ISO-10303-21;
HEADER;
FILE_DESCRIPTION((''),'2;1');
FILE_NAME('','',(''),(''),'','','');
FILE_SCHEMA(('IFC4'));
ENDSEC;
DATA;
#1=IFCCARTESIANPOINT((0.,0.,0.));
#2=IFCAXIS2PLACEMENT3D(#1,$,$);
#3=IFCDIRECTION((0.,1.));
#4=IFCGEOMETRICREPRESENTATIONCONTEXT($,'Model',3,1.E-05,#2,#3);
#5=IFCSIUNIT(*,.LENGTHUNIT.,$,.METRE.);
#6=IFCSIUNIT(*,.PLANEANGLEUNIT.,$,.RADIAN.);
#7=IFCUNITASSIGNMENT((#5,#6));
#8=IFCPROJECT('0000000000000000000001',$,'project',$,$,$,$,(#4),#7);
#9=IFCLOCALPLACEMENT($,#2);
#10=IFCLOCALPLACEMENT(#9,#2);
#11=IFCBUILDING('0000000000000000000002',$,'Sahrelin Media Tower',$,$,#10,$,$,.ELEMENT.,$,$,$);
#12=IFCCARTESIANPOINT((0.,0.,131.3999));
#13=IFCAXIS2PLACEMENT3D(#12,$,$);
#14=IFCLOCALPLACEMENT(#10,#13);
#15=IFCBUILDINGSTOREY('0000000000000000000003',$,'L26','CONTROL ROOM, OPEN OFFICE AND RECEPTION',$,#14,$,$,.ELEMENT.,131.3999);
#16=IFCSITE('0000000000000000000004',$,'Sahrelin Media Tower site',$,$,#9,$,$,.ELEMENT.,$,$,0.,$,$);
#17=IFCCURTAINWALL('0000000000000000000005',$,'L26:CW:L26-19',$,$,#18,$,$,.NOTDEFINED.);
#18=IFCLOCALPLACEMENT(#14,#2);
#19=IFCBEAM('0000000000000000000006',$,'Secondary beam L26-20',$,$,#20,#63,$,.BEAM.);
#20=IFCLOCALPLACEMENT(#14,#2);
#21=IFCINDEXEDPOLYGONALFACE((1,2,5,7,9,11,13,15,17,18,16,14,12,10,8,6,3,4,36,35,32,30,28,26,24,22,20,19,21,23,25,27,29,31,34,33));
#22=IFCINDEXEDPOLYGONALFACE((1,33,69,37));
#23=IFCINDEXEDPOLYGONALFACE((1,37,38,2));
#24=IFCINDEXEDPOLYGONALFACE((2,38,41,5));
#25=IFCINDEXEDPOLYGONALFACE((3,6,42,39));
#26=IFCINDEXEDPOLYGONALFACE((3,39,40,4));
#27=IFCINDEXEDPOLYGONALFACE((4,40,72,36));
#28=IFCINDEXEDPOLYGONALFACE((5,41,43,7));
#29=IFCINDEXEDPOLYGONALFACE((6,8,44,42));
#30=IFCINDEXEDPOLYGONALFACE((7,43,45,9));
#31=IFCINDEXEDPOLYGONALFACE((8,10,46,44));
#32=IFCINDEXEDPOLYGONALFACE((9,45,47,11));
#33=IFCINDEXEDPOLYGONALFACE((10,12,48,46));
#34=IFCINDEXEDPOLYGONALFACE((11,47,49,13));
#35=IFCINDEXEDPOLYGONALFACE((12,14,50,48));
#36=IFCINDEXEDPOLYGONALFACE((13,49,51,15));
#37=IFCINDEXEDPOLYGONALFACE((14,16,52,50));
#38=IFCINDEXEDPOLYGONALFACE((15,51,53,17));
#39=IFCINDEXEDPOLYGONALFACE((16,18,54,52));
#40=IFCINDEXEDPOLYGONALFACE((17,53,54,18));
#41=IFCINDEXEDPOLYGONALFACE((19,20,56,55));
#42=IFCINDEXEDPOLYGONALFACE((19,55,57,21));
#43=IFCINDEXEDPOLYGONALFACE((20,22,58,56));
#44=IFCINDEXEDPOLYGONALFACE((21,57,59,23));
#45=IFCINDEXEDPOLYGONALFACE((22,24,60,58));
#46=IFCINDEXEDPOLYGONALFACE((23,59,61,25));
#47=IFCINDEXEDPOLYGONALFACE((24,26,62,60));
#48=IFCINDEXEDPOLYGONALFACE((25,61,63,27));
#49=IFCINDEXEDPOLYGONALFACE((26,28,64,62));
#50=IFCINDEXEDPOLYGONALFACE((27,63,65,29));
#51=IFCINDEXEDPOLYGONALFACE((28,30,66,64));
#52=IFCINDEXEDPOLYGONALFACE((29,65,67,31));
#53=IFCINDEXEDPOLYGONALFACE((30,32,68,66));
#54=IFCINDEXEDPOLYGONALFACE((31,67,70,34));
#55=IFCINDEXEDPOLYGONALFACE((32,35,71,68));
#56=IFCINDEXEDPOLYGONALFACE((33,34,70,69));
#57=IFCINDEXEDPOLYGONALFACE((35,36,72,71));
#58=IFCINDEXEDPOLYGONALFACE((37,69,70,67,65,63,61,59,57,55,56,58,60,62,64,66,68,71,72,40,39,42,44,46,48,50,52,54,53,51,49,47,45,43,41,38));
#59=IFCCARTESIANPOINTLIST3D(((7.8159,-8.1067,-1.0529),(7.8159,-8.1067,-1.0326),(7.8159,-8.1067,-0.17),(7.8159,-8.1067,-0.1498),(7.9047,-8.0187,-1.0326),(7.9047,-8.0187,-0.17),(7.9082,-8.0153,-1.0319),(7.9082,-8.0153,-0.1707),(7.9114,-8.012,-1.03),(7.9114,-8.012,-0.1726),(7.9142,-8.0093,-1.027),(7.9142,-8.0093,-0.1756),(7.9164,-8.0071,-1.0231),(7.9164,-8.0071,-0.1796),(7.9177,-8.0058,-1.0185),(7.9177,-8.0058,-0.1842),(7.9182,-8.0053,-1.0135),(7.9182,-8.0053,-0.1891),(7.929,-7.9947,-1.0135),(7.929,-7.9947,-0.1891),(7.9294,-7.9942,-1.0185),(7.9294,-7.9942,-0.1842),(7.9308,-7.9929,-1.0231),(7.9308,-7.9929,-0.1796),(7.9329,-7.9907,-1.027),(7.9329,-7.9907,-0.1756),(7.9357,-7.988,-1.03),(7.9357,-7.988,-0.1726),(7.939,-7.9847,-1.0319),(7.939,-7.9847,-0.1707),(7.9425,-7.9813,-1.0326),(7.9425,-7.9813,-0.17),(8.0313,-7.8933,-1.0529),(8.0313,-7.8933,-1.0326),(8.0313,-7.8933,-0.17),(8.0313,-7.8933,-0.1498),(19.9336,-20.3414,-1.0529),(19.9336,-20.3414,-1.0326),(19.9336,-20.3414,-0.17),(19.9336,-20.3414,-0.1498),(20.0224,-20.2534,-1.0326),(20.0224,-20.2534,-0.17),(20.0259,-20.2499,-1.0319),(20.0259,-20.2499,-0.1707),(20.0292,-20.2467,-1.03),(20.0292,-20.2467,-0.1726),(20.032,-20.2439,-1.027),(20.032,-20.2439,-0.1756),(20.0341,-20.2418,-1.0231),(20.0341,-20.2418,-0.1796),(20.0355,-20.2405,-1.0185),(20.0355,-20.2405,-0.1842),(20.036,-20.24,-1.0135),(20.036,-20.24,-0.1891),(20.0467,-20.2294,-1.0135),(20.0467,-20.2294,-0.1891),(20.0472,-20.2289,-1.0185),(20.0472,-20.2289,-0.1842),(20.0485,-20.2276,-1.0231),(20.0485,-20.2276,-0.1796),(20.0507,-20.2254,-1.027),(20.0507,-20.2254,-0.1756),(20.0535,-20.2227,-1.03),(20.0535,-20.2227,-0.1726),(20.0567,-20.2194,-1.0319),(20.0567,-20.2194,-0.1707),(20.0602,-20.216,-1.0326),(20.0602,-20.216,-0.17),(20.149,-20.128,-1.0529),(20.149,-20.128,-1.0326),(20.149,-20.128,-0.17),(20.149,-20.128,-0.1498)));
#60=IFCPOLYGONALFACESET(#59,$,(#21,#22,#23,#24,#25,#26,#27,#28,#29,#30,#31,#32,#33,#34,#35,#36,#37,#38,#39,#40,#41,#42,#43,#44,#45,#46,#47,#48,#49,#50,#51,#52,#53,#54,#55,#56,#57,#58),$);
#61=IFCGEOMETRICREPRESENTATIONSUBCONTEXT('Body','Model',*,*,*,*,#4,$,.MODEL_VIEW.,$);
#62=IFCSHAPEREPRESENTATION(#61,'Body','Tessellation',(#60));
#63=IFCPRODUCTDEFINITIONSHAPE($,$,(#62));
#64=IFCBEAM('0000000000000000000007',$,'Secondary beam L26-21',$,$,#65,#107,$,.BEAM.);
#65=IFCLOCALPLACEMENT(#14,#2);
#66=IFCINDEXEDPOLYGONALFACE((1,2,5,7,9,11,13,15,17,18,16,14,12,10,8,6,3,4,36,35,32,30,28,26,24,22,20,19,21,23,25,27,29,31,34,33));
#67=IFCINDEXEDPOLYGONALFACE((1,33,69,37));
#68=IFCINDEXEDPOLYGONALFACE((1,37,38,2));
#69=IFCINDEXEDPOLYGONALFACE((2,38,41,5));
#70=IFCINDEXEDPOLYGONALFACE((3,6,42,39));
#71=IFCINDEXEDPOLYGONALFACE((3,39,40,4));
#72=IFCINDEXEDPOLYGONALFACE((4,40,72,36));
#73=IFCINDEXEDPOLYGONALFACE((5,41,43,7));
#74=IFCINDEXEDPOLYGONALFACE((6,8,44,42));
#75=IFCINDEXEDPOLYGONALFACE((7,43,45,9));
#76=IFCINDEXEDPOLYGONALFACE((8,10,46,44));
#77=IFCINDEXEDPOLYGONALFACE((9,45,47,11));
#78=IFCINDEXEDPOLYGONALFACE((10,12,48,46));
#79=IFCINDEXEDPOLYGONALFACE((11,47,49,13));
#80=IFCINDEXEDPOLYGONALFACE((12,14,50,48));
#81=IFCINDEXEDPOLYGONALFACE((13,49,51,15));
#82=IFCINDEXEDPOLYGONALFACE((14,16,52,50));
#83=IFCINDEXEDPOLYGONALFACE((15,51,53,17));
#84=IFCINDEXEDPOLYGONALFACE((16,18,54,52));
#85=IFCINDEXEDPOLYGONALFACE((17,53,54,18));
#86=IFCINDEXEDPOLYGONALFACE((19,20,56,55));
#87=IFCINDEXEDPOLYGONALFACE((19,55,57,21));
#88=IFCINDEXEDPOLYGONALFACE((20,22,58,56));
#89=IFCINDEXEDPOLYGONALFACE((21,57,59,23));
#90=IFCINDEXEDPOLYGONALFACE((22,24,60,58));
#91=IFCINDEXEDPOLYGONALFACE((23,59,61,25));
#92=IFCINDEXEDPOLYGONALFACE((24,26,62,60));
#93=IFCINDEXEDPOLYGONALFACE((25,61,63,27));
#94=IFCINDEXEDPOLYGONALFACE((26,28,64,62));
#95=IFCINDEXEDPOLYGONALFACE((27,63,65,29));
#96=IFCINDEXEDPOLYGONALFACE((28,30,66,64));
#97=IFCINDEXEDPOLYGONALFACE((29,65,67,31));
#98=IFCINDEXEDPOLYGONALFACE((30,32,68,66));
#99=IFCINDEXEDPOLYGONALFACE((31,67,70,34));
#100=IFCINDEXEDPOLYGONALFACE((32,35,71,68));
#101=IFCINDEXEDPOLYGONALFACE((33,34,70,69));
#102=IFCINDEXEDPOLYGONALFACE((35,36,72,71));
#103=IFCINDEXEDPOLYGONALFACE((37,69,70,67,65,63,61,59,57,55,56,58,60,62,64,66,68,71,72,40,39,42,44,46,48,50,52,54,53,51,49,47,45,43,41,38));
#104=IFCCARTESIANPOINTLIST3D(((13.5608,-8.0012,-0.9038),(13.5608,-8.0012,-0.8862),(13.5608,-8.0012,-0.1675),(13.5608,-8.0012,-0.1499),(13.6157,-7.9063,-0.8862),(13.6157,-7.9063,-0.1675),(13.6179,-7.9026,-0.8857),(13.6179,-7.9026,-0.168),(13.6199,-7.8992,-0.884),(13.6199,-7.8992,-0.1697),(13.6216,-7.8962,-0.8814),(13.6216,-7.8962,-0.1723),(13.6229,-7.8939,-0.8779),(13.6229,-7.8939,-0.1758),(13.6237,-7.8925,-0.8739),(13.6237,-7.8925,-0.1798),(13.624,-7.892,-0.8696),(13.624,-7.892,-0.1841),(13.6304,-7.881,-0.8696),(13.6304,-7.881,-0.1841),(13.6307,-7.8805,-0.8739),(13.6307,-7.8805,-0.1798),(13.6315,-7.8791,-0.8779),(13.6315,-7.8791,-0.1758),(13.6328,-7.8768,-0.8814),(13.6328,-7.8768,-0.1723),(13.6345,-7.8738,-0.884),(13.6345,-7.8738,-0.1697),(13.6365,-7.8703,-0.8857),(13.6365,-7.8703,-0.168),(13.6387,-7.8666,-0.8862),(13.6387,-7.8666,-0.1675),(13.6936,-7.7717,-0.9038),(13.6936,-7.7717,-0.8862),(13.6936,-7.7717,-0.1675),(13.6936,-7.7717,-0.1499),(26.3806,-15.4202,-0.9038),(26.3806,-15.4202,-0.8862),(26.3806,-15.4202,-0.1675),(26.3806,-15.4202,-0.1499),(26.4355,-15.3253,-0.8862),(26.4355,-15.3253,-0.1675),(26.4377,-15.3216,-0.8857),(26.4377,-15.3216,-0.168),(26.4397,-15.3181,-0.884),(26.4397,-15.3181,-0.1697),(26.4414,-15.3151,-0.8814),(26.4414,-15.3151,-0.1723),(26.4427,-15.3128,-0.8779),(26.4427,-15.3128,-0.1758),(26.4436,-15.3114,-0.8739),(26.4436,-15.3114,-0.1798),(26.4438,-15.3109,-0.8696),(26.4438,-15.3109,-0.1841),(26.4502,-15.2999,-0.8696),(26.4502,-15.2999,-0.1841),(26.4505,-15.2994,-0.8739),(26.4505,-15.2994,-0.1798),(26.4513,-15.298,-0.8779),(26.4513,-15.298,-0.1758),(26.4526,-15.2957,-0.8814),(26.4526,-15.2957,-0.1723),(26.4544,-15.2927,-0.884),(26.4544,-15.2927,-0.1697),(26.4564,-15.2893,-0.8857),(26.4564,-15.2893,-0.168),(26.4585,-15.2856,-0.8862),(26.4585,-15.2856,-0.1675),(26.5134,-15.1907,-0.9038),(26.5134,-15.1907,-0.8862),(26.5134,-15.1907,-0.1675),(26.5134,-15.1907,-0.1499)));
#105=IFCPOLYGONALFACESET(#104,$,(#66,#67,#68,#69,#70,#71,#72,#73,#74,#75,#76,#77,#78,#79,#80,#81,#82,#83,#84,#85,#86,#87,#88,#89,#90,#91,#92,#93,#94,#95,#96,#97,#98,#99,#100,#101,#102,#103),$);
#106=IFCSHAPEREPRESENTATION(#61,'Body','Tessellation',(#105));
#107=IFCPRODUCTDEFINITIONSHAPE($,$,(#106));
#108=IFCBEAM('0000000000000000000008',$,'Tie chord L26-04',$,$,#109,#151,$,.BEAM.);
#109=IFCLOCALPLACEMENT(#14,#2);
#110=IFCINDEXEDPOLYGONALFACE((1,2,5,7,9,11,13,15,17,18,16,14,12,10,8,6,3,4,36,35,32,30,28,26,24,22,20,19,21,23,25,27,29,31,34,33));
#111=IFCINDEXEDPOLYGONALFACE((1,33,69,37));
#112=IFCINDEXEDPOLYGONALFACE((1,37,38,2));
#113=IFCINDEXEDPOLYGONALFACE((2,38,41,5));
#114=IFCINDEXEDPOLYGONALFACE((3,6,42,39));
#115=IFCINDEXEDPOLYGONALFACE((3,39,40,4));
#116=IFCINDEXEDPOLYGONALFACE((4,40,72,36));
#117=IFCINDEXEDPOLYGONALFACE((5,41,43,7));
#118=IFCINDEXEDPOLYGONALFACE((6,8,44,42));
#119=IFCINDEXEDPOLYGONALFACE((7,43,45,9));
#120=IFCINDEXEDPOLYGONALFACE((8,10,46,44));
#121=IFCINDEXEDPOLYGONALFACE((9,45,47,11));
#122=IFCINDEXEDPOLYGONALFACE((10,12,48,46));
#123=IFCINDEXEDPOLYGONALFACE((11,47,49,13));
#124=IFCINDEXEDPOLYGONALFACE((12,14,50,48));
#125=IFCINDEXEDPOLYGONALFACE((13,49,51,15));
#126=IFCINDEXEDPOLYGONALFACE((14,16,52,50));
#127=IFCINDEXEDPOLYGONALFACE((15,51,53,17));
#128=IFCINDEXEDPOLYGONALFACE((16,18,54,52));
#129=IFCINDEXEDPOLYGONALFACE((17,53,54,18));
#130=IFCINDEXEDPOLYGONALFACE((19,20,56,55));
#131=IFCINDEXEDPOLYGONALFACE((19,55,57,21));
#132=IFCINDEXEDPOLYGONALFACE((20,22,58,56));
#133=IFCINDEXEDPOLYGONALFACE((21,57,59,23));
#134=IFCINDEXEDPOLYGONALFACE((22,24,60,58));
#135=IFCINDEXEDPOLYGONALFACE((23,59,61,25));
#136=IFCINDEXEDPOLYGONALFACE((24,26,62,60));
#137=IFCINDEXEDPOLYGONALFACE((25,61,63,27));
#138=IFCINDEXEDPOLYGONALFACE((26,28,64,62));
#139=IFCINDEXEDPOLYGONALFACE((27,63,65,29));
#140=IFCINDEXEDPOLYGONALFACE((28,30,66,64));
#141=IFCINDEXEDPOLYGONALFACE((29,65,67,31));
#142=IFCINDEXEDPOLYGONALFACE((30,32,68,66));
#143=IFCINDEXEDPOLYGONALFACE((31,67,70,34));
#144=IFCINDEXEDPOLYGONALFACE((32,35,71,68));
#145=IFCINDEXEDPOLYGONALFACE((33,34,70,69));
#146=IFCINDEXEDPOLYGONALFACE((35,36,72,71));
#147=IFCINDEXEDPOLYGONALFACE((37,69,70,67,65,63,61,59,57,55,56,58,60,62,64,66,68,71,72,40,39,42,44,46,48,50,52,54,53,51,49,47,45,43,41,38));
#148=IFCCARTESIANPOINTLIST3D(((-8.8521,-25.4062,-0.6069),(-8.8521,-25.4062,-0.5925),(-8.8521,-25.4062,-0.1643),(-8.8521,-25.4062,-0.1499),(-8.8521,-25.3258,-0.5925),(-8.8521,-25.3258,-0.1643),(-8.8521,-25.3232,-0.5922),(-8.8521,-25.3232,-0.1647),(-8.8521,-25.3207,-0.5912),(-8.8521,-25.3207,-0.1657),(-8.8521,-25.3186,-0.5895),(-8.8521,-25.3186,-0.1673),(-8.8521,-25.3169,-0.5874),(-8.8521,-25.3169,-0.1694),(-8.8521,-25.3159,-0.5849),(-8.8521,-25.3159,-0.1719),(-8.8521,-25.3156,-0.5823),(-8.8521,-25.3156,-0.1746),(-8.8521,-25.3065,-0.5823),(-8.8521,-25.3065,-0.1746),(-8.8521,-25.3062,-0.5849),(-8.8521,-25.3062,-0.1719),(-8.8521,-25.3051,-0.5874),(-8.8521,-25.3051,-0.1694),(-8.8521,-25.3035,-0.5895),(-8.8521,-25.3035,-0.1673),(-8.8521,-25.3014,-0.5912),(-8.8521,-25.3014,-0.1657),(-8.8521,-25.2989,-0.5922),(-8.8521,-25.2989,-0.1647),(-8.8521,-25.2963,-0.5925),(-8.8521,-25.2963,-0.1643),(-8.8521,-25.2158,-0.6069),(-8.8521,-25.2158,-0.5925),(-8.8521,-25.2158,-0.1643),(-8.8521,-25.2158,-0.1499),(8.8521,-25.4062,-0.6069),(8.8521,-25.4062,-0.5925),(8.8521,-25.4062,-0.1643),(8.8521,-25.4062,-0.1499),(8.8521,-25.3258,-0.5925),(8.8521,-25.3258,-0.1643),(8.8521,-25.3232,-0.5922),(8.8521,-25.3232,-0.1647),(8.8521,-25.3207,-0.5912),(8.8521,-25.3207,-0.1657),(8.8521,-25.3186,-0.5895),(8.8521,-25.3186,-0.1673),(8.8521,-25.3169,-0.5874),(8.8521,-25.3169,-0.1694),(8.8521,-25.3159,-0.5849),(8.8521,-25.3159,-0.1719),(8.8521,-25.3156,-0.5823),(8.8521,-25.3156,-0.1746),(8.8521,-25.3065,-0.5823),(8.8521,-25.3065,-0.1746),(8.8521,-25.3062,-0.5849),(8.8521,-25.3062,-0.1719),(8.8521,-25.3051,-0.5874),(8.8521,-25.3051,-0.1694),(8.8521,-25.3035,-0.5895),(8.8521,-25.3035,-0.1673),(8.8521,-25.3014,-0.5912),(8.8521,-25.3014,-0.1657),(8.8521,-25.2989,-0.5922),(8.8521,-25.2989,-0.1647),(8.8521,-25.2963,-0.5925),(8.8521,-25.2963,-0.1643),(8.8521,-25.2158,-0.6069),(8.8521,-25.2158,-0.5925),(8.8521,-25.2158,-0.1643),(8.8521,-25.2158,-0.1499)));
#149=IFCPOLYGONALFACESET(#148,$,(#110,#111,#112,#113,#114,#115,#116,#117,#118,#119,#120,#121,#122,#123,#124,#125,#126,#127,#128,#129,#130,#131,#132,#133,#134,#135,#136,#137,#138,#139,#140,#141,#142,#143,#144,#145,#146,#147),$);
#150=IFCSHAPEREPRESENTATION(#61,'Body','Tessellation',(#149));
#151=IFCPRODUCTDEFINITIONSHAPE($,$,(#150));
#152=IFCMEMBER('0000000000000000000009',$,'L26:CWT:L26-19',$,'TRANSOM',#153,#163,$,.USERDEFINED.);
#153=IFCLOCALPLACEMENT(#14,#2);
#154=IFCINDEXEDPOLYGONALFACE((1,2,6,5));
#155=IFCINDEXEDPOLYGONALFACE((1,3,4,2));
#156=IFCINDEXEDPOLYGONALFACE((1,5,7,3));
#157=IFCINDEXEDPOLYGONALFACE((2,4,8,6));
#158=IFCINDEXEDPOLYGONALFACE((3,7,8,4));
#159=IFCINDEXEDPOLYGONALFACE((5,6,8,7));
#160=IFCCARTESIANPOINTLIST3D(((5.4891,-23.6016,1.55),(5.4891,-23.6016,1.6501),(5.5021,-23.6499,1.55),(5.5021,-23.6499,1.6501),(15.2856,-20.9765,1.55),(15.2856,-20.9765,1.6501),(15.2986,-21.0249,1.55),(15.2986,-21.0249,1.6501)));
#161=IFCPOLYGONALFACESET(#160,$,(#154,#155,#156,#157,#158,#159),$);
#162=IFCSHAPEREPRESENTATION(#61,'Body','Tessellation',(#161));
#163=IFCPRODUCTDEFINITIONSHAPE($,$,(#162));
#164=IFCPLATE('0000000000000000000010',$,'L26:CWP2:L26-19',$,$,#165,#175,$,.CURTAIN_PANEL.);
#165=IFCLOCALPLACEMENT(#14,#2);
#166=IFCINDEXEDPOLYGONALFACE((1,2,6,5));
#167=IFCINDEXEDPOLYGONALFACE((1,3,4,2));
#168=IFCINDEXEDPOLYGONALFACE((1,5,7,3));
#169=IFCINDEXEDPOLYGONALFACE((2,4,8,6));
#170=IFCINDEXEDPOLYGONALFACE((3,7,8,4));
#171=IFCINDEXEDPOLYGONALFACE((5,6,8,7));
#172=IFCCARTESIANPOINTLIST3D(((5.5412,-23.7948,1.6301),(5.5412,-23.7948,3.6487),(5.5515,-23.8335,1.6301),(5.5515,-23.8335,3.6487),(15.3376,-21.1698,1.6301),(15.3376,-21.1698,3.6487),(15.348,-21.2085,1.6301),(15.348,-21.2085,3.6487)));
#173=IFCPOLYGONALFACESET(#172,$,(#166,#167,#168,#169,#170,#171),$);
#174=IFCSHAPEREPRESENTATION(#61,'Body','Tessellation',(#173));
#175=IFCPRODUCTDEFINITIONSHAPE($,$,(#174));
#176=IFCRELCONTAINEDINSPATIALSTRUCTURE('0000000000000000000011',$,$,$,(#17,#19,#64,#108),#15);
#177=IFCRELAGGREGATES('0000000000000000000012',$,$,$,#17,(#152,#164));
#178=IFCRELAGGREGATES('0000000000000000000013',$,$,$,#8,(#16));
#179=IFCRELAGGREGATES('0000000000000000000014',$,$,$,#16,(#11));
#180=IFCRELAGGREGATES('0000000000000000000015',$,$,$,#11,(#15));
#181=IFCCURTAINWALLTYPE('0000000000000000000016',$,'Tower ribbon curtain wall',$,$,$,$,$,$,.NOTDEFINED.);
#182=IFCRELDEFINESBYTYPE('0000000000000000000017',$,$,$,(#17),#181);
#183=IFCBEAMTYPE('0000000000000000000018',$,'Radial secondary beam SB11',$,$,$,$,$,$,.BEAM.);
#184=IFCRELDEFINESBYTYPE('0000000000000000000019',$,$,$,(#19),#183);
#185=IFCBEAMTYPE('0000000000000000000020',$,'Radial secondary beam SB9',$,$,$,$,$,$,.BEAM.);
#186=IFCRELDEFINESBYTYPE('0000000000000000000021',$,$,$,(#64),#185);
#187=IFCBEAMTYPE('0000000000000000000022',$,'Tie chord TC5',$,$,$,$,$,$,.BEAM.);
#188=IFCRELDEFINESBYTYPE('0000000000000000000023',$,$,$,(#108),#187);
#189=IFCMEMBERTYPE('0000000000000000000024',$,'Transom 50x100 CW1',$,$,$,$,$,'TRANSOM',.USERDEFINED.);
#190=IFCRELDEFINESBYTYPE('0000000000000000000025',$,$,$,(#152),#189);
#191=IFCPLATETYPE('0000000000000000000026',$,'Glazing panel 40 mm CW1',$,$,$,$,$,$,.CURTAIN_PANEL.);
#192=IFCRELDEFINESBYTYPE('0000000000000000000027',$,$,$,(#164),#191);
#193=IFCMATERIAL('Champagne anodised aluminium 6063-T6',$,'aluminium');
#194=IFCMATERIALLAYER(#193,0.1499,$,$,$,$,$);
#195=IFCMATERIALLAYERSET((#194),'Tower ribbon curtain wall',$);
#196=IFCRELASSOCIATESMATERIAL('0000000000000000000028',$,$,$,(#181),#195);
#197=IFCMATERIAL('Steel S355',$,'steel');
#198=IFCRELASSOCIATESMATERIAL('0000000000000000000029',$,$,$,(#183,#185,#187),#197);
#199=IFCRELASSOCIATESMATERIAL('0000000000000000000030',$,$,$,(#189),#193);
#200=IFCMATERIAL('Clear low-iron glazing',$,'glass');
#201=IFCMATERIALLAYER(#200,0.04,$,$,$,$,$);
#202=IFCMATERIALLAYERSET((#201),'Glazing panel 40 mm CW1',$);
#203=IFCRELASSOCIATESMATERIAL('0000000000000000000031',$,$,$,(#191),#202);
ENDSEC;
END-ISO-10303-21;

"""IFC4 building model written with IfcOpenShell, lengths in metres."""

from ifc_helpers import new_model, si_unit, direction, frame, origin, origin_2d, place, context, subcontext, project, spatial, polyline, rectangle, i_section, outline, extrude, material, layer, layer_set, material_profile, profile_set, type_object, element, aggregate, save


model = new_model("IFC4")

# Units and contexts
model_context = context("Model", 3, precision=1e-05, world=origin(), true_north=direction((0.0, 1.0)))
body_context = subcontext(model_context, "Body", "Model", "MODEL_VIEW")
ifc_project = project(units=[si_unit("LENGTHUNIT", "METRE"), si_unit("PLANEANGLEUNIT", "RADIAN")], contexts=[model_context])

# Site, building, storey
site_placement = place(None, origin())
site = spatial("IfcSite", under=ifc_project, at=site_placement, Name="Sahrelin Media Tower site", CompositionType="ELEMENT", RefElevation=0.0)
building_placement = place(site_placement, origin())
building = spatial("IfcBuilding", under=site, at=building_placement, Name="Sahrelin Media Tower", CompositionType="ELEMENT")
storey_placement = place(building_placement, frame((0.0, 0.0, 131.3999)))
storey = spatial("IfcBuildingStorey", under=building, at=storey_placement, Name="L26", Description="CONTROL ROOM, OPEN OFFICE AND RECEPTION", CompositionType="ELEMENT", Elevation=131.3999)

# Shared definitions
ifc_material_1 = material(Name="Steel S355", Category="steel")

# Curtain wall
ifc_material_2 = material(Name="Champagne anodised aluminium 6063-T6", Category="aluminium")
ifc_layer_1 = layer(ifc_material_2, 0.1499)
ifc_layer_set_1 = layer_set([ifc_layer_1], Name="Tower ribbon curtain wall")
curtain_wall_type = type_object("IfcCurtainWallType", Name="Tower ribbon curtain wall", PredefinedType="NOTDEFINED", material=ifc_layer_set_1)
curtain_wall_placement = place(storey_placement, frame((10.4443, -22.5017, 0.0), z_axis=(0.0, 0.0, 1.0), x_axis=(1.0, 0.0, 0.0)))
curtain_wall = element("IfcCurtainWall", 1, at=curtain_wall_placement, inside=storey, type_object=curtain_wall_type, Name="L26:CW:L26-19", PredefinedType="NOTDEFINED")

# Beams
ifc_material_profile_1 = material_profile(ifc_material_1, i_section(OverallWidth=0.3032, OverallDepth=0.9031, WebThickness=0.0151, FlangeThickness=0.0203, FilletRadius=0.019, at=origin_2d()), Name="UB 914x305x201")
ifc_profile_set_1 = profile_set([ifc_material_profile_1], Name="Steel S355")
beam_type_1 = type_object("IfcBeamType", Name="Radial secondary beam SB11", PredefinedType="BEAM", material=ifc_profile_set_1)
beam_1_placement = place(storey_placement, frame((7.9236, -8.0, -0.6013), z_axis=(0.703703, -0.710494, 0.0), x_axis=(0.710494, 0.703703, 0.0)))
element("IfcBeam", 2, at=beam_1_placement, inside=storey, type_object=beam_type_1, Name="Secondary beam L26-20", PredefinedType="BEAM", context=body_context, shape_type="SweptSolid", body=[
    extrude(i_section(OverallWidth=0.3032, OverallDepth=0.9031, WebThickness=0.0151, FlangeThickness=0.0203, FilletRadius=0.019, at=origin_2d()), origin(), (0.0, 0.0, 1.0), 17.22),
])
ifc_material_profile_2 = material_profile(ifc_material_1, i_section(OverallWidth=0.2651, OverallDepth=0.7539, WebThickness=0.0127, FlangeThickness=0.0176, FilletRadius=0.0166, at=origin_2d()), Name="UB 762x267x147")
ifc_profile_set_2 = profile_set([ifc_material_profile_2], Name="Steel S355")
beam_type_2 = type_object("IfcBeamType", Name="Radial secondary beam SB9", PredefinedType="BEAM", material=ifc_profile_set_2)
beam_2_placement = place(storey_placement, frame((13.6272, -7.8865, -0.5269), z_axis=(0.865516, -0.500882, 0.0), x_axis=(0.500882, 0.865516, 0.0)))
element("IfcBeam", 3, at=beam_2_placement, inside=storey, type_object=beam_type_2, Name="Secondary beam L26-21", PredefinedType="BEAM", context=body_context, shape_type="SweptSolid", body=[
    extrude(i_section(OverallWidth=0.2651, OverallDepth=0.7539, WebThickness=0.0127, FlangeThickness=0.0176, FilletRadius=0.0166, at=origin_2d()), origin(), (0.0, 0.0, 1.0), 14.8118),
])
ifc_material_profile_3 = material_profile(ifc_material_1, i_section(OverallWidth=0.1904, OverallDepth=0.457, WebThickness=0.009, FlangeThickness=0.0144, FilletRadius=0.0103, at=origin_2d()), Name="UB 457x191x74")
ifc_profile_set_3 = profile_set([ifc_material_profile_3], Name="Steel S355")
beam_type_3 = type_object("IfcBeamType", Name="Tie chord TC5", PredefinedType="BEAM", material=ifc_profile_set_3)
beam_3_placement = place(storey_placement, frame((8.8521, -25.311, -0.3784), z_axis=(-1.0, 0.0, 0.0), x_axis=(0.0, -1.0, 0.0)))
element("IfcBeam", 4, at=beam_3_placement, inside=storey, type_object=beam_type_3, Name="Tie chord L26-04", PredefinedType="BEAM", context=body_context, shape_type="SweptSolid", body=[
    extrude(i_section(OverallWidth=0.1904, OverallDepth=0.457, WebThickness=0.009, FlangeThickness=0.0144, FilletRadius=0.0103, at=origin_2d()), origin(), (0.0, 0.0, 1.0), 17.7041),
])

# Member
ifc_material_profile_4 = material_profile(ifc_material_2, rectangle(XDim=0.05, YDim=0.1001, at=origin_2d()), Name="Transom 50x100")
ifc_profile_set_4 = profile_set([ifc_material_profile_4], Name="Champagne anodised aluminium 6063-T6")
member_type_1 = type_object("IfcMemberType", Name="Transom 50x100 CW1", ElementType="TRANSOM", PredefinedType="USERDEFINED", material=ifc_profile_set_4)
member_1_placement = place(storey_placement, frame((5.4956, -23.6257, 1.6001), z_axis=(0.965924, 0.258825, 0.0), x_axis=(-0.258825, 0.965924, 0.0)))
member_1 = element("IfcMember", 5, at=member_1_placement, type_object=member_type_1, Name="L26:CWT:L26-19", ObjectType="TRANSOM", PredefinedType="USERDEFINED", context=body_context, shape_type="SweptSolid", body=[
    extrude(rectangle(XDim=0.05, YDim=0.1001, at=origin_2d()), origin(), (0.0, 0.0, 1.0), 10.1421),
])

# Plate
ifc_material_3 = material(Name="Clear low-iron glazing", Category="glass")
ifc_layer_2 = layer(ifc_material_3, 0.04)
ifc_layer_set_2 = layer_set([ifc_layer_2], Name="Glazing panel 40 mm CW1")
plate_type_1 = type_object("IfcPlateType", Name="Glazing panel 40 mm CW1", PredefinedType="CURTAIN_PANEL", material=ifc_layer_set_2)
plate_1_placement = place(storey_placement, frame((5.5515, -23.8335, 1.6301), z_axis=(0.258825, -0.965924, 0.0), x_axis=(0.965924, 0.258825, 0.0)))
plate_1 = element("IfcPlate", 6, at=plate_1_placement, type_object=plate_type_1, Name="L26:CWP2:L26-19", PredefinedType="CURTAIN_PANEL", context=body_context, shape_type="SweptSolid", body=[
    extrude(outline(polyline([(0.0, 0.0), (10.1421, 0.0), (10.1421, 2.0186), (0.0, 2.0186), (0.0, 0.0)])), origin(), (0.0, 0.0, -1.0), 0.04),
])
aggregate(curtain_wall, [member_1, plate_1])

save(model, "model.ifc")
